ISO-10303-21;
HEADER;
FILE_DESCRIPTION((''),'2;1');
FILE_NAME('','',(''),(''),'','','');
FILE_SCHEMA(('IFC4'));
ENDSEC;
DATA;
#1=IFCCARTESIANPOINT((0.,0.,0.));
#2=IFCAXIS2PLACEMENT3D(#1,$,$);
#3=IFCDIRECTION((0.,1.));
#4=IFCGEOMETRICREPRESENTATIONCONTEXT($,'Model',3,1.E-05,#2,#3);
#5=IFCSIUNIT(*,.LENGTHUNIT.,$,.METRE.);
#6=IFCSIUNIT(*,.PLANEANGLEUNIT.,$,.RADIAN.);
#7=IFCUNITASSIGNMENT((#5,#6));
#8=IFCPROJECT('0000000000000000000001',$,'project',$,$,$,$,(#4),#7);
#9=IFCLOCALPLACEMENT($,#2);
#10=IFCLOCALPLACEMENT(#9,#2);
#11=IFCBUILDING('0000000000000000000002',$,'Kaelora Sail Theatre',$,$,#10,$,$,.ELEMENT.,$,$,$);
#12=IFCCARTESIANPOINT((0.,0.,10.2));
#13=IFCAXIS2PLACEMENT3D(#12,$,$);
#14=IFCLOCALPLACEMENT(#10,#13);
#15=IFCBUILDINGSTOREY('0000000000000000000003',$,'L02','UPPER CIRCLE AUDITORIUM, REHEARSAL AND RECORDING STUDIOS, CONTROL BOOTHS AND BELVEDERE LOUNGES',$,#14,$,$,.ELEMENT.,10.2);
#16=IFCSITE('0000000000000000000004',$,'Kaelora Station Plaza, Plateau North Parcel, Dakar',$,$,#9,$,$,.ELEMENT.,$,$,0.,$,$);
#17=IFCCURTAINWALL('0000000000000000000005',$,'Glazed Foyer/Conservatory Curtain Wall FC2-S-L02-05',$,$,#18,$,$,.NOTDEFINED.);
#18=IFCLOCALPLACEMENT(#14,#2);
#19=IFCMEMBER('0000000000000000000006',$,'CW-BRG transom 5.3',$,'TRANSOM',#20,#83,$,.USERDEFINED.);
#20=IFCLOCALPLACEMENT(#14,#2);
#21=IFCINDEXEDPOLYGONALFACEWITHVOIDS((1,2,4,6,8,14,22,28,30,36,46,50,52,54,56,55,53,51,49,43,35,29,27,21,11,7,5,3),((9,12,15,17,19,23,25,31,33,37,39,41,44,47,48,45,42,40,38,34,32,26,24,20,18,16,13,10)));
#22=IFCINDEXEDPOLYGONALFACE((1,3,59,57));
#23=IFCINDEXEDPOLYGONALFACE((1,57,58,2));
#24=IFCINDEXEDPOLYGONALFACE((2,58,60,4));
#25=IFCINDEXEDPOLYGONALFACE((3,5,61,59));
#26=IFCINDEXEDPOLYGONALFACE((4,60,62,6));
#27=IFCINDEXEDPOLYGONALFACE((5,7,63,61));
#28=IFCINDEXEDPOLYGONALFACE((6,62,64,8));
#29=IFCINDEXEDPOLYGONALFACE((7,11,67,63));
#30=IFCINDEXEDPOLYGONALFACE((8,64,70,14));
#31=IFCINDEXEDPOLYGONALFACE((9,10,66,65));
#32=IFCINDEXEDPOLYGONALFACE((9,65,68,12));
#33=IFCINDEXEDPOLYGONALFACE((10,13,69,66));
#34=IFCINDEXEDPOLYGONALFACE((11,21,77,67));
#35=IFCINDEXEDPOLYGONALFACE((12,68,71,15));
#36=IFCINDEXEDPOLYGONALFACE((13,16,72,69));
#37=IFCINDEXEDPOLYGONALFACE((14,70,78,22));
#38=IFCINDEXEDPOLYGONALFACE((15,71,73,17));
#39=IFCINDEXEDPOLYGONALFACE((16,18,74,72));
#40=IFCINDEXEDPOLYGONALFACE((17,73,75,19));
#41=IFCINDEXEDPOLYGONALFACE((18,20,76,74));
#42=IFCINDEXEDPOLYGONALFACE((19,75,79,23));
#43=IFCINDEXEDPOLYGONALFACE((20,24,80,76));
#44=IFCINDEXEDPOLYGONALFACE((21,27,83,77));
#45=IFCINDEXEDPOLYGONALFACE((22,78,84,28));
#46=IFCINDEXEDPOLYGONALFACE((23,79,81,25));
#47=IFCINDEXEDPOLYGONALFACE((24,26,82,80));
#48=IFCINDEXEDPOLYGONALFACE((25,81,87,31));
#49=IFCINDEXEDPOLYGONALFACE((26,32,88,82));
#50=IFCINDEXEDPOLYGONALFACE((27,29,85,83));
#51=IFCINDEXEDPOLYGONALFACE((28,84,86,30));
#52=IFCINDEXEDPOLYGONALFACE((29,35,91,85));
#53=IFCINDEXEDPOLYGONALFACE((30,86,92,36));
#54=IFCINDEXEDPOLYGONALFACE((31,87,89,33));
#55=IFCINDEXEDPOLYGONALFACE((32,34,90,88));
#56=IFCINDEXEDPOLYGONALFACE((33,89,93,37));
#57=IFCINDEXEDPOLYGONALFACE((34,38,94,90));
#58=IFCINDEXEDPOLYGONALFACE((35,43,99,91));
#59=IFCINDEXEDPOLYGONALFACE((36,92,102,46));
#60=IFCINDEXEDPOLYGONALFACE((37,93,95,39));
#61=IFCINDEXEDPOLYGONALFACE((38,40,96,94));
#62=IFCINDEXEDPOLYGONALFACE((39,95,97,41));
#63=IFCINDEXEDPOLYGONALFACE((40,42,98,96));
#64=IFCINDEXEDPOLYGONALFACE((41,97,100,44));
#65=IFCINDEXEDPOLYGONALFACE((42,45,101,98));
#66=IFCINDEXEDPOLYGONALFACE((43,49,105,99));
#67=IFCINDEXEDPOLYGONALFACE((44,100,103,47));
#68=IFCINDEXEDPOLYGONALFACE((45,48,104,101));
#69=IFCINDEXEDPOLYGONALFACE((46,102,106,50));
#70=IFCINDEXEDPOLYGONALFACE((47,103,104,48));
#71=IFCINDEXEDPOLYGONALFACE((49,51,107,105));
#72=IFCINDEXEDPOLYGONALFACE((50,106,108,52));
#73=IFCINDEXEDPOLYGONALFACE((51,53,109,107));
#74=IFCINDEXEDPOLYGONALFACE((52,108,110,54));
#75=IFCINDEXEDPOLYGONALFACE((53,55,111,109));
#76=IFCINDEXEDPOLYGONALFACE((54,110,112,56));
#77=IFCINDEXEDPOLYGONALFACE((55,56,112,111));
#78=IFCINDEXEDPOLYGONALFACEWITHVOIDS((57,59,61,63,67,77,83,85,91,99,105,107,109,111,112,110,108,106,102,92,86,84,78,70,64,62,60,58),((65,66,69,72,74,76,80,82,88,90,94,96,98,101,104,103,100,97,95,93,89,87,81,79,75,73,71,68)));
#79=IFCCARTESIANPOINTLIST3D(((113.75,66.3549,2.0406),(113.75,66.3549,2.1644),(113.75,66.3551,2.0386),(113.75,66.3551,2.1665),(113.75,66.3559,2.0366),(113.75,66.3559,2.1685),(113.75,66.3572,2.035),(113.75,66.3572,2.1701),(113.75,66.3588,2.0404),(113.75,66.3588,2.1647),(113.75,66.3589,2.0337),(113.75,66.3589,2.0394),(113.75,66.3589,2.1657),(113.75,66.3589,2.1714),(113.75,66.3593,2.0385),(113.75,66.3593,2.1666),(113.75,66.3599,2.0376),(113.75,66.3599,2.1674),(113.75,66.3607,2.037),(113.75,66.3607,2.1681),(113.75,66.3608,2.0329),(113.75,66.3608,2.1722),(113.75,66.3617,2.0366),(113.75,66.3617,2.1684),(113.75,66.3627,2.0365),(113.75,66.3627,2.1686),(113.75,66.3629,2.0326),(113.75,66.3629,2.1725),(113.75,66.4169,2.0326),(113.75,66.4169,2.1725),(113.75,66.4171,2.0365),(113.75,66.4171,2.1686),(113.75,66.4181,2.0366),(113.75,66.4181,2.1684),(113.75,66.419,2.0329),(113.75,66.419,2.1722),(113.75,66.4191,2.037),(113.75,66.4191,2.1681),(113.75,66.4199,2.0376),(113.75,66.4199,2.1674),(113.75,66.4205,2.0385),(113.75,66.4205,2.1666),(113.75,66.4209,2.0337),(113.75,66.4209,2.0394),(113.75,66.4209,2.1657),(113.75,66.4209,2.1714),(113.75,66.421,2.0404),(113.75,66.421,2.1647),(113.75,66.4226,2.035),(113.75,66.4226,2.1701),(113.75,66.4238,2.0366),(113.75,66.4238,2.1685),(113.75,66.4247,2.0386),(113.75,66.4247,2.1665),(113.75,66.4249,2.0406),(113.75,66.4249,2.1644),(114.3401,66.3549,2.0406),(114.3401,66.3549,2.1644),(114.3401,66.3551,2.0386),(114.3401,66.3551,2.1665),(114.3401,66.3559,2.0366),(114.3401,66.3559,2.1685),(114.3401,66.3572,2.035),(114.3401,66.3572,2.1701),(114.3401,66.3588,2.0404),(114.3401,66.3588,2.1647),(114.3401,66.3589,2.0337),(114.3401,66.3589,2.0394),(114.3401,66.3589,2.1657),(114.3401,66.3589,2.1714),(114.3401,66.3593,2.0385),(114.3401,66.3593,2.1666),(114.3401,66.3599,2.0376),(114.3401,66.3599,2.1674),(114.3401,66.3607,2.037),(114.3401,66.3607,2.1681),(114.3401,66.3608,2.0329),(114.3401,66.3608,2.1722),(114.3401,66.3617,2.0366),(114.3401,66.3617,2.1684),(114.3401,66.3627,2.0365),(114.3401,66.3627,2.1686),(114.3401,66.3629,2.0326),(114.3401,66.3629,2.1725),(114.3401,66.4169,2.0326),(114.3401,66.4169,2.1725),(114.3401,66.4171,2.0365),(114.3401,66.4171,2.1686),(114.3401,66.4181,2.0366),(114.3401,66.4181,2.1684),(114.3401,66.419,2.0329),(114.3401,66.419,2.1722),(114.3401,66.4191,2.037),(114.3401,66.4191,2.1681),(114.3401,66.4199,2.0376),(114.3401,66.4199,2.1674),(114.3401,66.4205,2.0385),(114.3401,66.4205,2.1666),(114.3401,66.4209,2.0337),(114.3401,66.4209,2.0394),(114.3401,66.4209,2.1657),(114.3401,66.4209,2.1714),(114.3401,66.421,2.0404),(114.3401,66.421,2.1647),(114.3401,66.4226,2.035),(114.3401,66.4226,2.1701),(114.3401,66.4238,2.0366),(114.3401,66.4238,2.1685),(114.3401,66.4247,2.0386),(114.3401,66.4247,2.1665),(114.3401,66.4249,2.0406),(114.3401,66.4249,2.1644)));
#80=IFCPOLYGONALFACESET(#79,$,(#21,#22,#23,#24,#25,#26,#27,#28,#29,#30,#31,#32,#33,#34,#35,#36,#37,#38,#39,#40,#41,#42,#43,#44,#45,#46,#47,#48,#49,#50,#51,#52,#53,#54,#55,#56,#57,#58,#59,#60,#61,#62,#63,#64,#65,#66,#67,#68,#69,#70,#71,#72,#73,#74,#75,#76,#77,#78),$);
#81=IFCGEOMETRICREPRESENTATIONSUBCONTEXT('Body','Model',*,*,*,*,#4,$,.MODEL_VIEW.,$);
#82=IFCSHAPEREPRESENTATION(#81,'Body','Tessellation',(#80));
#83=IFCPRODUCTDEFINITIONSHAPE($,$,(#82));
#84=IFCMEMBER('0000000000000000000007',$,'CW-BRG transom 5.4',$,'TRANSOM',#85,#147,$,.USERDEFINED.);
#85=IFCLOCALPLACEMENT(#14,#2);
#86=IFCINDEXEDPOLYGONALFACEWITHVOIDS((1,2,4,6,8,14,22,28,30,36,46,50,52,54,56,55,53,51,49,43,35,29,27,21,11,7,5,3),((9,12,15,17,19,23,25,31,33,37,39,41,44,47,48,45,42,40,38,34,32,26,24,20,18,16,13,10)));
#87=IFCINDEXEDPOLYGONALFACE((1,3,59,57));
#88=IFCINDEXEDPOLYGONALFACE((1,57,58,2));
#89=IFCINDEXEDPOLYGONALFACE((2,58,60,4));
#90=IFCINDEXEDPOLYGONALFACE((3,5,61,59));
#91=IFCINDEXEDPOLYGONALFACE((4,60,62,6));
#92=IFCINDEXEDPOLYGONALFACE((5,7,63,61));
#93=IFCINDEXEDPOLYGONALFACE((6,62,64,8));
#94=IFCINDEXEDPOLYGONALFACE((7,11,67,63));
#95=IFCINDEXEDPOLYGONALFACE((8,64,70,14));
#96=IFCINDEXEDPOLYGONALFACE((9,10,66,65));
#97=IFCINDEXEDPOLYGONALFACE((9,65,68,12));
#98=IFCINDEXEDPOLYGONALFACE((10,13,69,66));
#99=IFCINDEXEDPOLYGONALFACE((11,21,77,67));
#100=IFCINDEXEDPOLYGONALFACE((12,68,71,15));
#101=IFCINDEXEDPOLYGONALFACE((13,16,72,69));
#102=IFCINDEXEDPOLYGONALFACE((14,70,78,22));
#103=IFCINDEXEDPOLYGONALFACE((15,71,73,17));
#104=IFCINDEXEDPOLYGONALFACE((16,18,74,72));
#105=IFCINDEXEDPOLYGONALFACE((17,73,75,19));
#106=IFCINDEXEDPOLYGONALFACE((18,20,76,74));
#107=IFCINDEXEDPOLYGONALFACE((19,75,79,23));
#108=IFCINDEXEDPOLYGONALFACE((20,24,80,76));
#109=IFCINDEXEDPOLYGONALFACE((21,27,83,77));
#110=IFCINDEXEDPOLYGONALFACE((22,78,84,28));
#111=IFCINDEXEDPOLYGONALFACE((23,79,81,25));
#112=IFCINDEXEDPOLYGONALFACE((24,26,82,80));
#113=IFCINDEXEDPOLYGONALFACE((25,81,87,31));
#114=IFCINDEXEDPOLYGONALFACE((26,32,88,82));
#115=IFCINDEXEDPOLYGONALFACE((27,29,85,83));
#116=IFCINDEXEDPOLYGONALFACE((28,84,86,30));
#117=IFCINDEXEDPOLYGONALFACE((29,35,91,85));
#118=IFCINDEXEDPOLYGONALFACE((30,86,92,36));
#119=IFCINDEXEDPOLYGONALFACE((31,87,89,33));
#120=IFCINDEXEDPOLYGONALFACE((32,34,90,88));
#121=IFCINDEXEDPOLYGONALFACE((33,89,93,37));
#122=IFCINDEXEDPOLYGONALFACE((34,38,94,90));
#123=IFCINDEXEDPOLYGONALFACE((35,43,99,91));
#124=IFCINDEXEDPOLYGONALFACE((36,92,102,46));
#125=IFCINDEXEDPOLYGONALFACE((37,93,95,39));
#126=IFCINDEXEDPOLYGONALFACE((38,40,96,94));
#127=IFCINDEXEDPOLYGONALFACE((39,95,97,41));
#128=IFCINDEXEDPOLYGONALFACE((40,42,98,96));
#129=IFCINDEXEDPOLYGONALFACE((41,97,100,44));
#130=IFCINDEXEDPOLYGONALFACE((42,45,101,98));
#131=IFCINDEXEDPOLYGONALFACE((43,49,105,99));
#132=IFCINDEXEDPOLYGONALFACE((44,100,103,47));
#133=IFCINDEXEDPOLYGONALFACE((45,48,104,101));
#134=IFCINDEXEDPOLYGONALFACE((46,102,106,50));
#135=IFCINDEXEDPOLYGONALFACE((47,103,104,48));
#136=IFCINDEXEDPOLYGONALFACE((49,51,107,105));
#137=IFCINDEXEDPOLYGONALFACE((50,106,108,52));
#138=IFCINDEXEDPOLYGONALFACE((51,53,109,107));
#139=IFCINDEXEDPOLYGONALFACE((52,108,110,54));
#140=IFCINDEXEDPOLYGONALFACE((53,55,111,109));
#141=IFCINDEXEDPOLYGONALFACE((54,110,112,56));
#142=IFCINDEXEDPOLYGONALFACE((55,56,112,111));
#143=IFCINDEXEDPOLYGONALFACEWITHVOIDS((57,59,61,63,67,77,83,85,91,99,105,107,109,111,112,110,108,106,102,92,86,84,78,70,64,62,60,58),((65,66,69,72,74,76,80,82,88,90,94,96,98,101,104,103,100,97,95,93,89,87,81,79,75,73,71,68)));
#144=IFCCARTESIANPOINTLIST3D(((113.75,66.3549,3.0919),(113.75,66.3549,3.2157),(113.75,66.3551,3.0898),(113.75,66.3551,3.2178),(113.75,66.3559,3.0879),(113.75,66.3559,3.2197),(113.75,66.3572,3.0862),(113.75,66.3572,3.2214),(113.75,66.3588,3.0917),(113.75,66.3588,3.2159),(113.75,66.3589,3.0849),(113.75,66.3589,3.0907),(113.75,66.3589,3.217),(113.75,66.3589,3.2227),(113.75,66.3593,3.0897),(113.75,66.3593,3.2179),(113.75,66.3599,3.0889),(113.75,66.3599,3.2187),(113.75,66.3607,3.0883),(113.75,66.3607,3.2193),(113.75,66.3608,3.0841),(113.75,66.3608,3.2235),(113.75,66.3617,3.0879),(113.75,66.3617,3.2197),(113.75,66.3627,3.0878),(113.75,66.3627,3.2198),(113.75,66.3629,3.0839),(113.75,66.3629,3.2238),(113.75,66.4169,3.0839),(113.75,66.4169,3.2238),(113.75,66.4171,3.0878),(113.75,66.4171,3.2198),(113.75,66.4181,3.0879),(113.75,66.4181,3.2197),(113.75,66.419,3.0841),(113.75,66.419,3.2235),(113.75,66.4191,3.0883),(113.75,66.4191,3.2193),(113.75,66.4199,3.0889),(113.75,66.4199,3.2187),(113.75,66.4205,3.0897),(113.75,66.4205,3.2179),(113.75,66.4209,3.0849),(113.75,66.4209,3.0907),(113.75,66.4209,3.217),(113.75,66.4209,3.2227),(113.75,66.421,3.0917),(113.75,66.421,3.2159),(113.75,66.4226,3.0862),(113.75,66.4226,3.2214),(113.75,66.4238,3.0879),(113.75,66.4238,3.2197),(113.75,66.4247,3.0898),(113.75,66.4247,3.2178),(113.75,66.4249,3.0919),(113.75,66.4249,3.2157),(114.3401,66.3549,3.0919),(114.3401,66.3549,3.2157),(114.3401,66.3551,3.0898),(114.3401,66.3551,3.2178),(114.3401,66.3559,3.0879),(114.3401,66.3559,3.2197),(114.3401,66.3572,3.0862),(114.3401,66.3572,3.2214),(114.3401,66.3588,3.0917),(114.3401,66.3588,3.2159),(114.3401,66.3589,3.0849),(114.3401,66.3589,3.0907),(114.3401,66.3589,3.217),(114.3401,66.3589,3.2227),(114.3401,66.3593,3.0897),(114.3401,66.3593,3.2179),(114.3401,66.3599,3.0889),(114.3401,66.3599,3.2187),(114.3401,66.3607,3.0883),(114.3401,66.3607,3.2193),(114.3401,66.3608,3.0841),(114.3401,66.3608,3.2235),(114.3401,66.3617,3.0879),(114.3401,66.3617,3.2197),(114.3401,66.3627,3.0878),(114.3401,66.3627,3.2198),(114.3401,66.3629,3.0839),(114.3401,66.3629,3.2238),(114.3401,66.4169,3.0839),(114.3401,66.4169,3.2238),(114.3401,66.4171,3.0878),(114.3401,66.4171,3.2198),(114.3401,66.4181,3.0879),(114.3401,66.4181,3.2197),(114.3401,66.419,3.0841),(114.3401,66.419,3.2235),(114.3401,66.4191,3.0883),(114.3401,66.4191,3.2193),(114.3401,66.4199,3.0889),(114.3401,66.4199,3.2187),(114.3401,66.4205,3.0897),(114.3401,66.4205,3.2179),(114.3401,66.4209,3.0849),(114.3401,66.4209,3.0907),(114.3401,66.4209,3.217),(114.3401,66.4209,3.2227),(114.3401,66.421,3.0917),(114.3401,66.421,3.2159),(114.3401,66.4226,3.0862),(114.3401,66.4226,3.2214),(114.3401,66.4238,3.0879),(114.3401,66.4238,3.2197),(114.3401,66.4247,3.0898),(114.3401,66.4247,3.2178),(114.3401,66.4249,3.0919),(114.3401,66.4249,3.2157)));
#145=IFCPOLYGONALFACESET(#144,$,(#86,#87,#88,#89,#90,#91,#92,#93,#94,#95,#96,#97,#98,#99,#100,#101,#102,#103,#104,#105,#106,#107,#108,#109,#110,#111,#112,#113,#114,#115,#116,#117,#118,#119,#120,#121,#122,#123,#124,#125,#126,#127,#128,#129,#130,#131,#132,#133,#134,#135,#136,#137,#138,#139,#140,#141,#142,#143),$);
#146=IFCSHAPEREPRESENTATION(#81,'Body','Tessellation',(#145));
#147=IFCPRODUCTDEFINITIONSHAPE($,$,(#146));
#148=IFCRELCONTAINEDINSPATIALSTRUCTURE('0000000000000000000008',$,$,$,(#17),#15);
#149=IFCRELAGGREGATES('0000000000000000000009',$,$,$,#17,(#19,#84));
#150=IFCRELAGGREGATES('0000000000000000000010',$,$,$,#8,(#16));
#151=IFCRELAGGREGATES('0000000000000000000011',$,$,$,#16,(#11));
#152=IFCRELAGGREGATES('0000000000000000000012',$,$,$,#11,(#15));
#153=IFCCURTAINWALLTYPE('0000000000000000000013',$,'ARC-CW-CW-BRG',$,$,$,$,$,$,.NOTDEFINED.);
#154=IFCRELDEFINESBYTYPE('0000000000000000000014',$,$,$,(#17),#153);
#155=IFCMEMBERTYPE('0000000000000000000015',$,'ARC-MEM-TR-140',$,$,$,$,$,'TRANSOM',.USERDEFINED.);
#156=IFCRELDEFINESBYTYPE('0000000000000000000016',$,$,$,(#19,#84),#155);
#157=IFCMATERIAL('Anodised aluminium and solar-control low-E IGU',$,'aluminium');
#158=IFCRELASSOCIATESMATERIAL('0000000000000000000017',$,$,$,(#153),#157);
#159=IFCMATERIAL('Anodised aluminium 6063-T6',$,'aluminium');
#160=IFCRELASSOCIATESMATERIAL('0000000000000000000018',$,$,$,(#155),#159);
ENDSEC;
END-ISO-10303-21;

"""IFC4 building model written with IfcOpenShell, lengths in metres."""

from ifc_helpers import new_model, si_unit, direction, frame, origin, origin_2d, place, context, subcontext, project, spatial, hollow_rectangle, extrude, material, material_profile, profile_set, type_object, element, aggregate, save


model = new_model("IFC4")

# Units and contexts
model_context = context("Model", 3, precision=1e-05, world=origin(), true_north=direction((0.0, 1.0)))
body_context = subcontext(model_context, "Body", "Model", "MODEL_VIEW")
ifc_project = project(units=[si_unit("LENGTHUNIT", "METRE"), si_unit("PLANEANGLEUNIT", "RADIAN")], contexts=[model_context])

# Site, building, storey
site_placement = place(None, origin())
site = spatial("IfcSite", under=ifc_project, at=site_placement, Name="Kaelora Station Plaza, Plateau North Parcel, Dakar", CompositionType="ELEMENT", RefElevation=0.0)
building_placement = place(site_placement, origin())
building = spatial("IfcBuilding", under=site, at=building_placement, Name="Kaelora Sail Theatre", CompositionType="ELEMENT")
storey_placement = place(building_placement, frame((0.0, 0.0, 10.2)))
storey = spatial("IfcBuildingStorey", under=building, at=storey_placement, Name="L02", Description="UPPER CIRCLE AUDITORIUM, REHEARSAL AND RECORDING STUDIOS, CONTROL BOOTHS AND BELVEDERE LOUNGES", CompositionType="ELEMENT", Elevation=10.2)

# Curtain wall
ifc_material_1 = material(Name="Anodised aluminium and solar-control low-E IGU", Category="aluminium")
curtain_wall_type = type_object("IfcCurtainWallType", Name="ARC-CW-CW-BRG", PredefinedType="NOTDEFINED", material=ifc_material_1)
curtain_wall_1_placement = place(storey_placement, origin())
curtain_wall_1 = element("IfcCurtainWall", 1, at=curtain_wall_1_placement, inside=storey, type_object=curtain_wall_type, Name="Glazed Foyer/Conservatory Curtain Wall FC2-S-L02-05", PredefinedType="NOTDEFINED")

# Members
ifc_material_2 = material(Name="Anodised aluminium 6063-T6", Category="aluminium")
ifc_material_profile_1 = material_profile(ifc_material_2, hollow_rectangle(XDim=0.0701, YDim=0.1399, WallThickness=0.0039, InnerFilletRadius=0.0039, OuterFilletRadius=0.0081, at=origin_2d()), Name="ALU-TRAN 70x140x4")
ifc_profile_set_1 = profile_set([ifc_material_profile_1], Name="Anodised aluminium 6063-T6")
member_type_1 = type_object("IfcMemberType", Name="ARC-MEM-TR-140", ElementType="TRANSOM", PredefinedType="USERDEFINED", material=ifc_profile_set_1)
member_1_placement = place(storey_placement, frame((113.75, 66.3899, 2.1025), z_axis=(1.0, 0.0, 0.0), x_axis=(0.0, 1.0, 0.0)))
member_1 = element("IfcMember", 2, at=member_1_placement, type_object=member_type_1, Name="CW-BRG transom 5.3", ObjectType="TRANSOM", PredefinedType="USERDEFINED", context=body_context, shape_type="SweptSolid", body=[
    extrude(hollow_rectangle(XDim=0.0701, YDim=0.1399, WallThickness=0.0039, InnerFilletRadius=0.0039, OuterFilletRadius=0.0081, at=origin_2d()), origin(), (0.0, 0.0, 1.0), 0.5901),
])
member_2_placement = place(storey_placement, frame((113.75, 66.3899, 3.1538), z_axis=(1.0, 0.0, 0.0), x_axis=(0.0, 1.0, 0.0)))
member_2 = element("IfcMember", 3, at=member_2_placement, type_object=member_type_1, Name="CW-BRG transom 5.4", ObjectType="TRANSOM", PredefinedType="USERDEFINED", context=body_context, shape_type="SweptSolid", body=[
    extrude(hollow_rectangle(XDim=0.0701, YDim=0.1399, WallThickness=0.0039, InnerFilletRadius=0.0039, OuterFilletRadius=0.0081, at=origin_2d()), origin(), (0.0, 0.0, 1.0), 0.5901),
])

aggregate(curtain_wall_1, [member_1, member_2])

save(model, "model.ifc")
